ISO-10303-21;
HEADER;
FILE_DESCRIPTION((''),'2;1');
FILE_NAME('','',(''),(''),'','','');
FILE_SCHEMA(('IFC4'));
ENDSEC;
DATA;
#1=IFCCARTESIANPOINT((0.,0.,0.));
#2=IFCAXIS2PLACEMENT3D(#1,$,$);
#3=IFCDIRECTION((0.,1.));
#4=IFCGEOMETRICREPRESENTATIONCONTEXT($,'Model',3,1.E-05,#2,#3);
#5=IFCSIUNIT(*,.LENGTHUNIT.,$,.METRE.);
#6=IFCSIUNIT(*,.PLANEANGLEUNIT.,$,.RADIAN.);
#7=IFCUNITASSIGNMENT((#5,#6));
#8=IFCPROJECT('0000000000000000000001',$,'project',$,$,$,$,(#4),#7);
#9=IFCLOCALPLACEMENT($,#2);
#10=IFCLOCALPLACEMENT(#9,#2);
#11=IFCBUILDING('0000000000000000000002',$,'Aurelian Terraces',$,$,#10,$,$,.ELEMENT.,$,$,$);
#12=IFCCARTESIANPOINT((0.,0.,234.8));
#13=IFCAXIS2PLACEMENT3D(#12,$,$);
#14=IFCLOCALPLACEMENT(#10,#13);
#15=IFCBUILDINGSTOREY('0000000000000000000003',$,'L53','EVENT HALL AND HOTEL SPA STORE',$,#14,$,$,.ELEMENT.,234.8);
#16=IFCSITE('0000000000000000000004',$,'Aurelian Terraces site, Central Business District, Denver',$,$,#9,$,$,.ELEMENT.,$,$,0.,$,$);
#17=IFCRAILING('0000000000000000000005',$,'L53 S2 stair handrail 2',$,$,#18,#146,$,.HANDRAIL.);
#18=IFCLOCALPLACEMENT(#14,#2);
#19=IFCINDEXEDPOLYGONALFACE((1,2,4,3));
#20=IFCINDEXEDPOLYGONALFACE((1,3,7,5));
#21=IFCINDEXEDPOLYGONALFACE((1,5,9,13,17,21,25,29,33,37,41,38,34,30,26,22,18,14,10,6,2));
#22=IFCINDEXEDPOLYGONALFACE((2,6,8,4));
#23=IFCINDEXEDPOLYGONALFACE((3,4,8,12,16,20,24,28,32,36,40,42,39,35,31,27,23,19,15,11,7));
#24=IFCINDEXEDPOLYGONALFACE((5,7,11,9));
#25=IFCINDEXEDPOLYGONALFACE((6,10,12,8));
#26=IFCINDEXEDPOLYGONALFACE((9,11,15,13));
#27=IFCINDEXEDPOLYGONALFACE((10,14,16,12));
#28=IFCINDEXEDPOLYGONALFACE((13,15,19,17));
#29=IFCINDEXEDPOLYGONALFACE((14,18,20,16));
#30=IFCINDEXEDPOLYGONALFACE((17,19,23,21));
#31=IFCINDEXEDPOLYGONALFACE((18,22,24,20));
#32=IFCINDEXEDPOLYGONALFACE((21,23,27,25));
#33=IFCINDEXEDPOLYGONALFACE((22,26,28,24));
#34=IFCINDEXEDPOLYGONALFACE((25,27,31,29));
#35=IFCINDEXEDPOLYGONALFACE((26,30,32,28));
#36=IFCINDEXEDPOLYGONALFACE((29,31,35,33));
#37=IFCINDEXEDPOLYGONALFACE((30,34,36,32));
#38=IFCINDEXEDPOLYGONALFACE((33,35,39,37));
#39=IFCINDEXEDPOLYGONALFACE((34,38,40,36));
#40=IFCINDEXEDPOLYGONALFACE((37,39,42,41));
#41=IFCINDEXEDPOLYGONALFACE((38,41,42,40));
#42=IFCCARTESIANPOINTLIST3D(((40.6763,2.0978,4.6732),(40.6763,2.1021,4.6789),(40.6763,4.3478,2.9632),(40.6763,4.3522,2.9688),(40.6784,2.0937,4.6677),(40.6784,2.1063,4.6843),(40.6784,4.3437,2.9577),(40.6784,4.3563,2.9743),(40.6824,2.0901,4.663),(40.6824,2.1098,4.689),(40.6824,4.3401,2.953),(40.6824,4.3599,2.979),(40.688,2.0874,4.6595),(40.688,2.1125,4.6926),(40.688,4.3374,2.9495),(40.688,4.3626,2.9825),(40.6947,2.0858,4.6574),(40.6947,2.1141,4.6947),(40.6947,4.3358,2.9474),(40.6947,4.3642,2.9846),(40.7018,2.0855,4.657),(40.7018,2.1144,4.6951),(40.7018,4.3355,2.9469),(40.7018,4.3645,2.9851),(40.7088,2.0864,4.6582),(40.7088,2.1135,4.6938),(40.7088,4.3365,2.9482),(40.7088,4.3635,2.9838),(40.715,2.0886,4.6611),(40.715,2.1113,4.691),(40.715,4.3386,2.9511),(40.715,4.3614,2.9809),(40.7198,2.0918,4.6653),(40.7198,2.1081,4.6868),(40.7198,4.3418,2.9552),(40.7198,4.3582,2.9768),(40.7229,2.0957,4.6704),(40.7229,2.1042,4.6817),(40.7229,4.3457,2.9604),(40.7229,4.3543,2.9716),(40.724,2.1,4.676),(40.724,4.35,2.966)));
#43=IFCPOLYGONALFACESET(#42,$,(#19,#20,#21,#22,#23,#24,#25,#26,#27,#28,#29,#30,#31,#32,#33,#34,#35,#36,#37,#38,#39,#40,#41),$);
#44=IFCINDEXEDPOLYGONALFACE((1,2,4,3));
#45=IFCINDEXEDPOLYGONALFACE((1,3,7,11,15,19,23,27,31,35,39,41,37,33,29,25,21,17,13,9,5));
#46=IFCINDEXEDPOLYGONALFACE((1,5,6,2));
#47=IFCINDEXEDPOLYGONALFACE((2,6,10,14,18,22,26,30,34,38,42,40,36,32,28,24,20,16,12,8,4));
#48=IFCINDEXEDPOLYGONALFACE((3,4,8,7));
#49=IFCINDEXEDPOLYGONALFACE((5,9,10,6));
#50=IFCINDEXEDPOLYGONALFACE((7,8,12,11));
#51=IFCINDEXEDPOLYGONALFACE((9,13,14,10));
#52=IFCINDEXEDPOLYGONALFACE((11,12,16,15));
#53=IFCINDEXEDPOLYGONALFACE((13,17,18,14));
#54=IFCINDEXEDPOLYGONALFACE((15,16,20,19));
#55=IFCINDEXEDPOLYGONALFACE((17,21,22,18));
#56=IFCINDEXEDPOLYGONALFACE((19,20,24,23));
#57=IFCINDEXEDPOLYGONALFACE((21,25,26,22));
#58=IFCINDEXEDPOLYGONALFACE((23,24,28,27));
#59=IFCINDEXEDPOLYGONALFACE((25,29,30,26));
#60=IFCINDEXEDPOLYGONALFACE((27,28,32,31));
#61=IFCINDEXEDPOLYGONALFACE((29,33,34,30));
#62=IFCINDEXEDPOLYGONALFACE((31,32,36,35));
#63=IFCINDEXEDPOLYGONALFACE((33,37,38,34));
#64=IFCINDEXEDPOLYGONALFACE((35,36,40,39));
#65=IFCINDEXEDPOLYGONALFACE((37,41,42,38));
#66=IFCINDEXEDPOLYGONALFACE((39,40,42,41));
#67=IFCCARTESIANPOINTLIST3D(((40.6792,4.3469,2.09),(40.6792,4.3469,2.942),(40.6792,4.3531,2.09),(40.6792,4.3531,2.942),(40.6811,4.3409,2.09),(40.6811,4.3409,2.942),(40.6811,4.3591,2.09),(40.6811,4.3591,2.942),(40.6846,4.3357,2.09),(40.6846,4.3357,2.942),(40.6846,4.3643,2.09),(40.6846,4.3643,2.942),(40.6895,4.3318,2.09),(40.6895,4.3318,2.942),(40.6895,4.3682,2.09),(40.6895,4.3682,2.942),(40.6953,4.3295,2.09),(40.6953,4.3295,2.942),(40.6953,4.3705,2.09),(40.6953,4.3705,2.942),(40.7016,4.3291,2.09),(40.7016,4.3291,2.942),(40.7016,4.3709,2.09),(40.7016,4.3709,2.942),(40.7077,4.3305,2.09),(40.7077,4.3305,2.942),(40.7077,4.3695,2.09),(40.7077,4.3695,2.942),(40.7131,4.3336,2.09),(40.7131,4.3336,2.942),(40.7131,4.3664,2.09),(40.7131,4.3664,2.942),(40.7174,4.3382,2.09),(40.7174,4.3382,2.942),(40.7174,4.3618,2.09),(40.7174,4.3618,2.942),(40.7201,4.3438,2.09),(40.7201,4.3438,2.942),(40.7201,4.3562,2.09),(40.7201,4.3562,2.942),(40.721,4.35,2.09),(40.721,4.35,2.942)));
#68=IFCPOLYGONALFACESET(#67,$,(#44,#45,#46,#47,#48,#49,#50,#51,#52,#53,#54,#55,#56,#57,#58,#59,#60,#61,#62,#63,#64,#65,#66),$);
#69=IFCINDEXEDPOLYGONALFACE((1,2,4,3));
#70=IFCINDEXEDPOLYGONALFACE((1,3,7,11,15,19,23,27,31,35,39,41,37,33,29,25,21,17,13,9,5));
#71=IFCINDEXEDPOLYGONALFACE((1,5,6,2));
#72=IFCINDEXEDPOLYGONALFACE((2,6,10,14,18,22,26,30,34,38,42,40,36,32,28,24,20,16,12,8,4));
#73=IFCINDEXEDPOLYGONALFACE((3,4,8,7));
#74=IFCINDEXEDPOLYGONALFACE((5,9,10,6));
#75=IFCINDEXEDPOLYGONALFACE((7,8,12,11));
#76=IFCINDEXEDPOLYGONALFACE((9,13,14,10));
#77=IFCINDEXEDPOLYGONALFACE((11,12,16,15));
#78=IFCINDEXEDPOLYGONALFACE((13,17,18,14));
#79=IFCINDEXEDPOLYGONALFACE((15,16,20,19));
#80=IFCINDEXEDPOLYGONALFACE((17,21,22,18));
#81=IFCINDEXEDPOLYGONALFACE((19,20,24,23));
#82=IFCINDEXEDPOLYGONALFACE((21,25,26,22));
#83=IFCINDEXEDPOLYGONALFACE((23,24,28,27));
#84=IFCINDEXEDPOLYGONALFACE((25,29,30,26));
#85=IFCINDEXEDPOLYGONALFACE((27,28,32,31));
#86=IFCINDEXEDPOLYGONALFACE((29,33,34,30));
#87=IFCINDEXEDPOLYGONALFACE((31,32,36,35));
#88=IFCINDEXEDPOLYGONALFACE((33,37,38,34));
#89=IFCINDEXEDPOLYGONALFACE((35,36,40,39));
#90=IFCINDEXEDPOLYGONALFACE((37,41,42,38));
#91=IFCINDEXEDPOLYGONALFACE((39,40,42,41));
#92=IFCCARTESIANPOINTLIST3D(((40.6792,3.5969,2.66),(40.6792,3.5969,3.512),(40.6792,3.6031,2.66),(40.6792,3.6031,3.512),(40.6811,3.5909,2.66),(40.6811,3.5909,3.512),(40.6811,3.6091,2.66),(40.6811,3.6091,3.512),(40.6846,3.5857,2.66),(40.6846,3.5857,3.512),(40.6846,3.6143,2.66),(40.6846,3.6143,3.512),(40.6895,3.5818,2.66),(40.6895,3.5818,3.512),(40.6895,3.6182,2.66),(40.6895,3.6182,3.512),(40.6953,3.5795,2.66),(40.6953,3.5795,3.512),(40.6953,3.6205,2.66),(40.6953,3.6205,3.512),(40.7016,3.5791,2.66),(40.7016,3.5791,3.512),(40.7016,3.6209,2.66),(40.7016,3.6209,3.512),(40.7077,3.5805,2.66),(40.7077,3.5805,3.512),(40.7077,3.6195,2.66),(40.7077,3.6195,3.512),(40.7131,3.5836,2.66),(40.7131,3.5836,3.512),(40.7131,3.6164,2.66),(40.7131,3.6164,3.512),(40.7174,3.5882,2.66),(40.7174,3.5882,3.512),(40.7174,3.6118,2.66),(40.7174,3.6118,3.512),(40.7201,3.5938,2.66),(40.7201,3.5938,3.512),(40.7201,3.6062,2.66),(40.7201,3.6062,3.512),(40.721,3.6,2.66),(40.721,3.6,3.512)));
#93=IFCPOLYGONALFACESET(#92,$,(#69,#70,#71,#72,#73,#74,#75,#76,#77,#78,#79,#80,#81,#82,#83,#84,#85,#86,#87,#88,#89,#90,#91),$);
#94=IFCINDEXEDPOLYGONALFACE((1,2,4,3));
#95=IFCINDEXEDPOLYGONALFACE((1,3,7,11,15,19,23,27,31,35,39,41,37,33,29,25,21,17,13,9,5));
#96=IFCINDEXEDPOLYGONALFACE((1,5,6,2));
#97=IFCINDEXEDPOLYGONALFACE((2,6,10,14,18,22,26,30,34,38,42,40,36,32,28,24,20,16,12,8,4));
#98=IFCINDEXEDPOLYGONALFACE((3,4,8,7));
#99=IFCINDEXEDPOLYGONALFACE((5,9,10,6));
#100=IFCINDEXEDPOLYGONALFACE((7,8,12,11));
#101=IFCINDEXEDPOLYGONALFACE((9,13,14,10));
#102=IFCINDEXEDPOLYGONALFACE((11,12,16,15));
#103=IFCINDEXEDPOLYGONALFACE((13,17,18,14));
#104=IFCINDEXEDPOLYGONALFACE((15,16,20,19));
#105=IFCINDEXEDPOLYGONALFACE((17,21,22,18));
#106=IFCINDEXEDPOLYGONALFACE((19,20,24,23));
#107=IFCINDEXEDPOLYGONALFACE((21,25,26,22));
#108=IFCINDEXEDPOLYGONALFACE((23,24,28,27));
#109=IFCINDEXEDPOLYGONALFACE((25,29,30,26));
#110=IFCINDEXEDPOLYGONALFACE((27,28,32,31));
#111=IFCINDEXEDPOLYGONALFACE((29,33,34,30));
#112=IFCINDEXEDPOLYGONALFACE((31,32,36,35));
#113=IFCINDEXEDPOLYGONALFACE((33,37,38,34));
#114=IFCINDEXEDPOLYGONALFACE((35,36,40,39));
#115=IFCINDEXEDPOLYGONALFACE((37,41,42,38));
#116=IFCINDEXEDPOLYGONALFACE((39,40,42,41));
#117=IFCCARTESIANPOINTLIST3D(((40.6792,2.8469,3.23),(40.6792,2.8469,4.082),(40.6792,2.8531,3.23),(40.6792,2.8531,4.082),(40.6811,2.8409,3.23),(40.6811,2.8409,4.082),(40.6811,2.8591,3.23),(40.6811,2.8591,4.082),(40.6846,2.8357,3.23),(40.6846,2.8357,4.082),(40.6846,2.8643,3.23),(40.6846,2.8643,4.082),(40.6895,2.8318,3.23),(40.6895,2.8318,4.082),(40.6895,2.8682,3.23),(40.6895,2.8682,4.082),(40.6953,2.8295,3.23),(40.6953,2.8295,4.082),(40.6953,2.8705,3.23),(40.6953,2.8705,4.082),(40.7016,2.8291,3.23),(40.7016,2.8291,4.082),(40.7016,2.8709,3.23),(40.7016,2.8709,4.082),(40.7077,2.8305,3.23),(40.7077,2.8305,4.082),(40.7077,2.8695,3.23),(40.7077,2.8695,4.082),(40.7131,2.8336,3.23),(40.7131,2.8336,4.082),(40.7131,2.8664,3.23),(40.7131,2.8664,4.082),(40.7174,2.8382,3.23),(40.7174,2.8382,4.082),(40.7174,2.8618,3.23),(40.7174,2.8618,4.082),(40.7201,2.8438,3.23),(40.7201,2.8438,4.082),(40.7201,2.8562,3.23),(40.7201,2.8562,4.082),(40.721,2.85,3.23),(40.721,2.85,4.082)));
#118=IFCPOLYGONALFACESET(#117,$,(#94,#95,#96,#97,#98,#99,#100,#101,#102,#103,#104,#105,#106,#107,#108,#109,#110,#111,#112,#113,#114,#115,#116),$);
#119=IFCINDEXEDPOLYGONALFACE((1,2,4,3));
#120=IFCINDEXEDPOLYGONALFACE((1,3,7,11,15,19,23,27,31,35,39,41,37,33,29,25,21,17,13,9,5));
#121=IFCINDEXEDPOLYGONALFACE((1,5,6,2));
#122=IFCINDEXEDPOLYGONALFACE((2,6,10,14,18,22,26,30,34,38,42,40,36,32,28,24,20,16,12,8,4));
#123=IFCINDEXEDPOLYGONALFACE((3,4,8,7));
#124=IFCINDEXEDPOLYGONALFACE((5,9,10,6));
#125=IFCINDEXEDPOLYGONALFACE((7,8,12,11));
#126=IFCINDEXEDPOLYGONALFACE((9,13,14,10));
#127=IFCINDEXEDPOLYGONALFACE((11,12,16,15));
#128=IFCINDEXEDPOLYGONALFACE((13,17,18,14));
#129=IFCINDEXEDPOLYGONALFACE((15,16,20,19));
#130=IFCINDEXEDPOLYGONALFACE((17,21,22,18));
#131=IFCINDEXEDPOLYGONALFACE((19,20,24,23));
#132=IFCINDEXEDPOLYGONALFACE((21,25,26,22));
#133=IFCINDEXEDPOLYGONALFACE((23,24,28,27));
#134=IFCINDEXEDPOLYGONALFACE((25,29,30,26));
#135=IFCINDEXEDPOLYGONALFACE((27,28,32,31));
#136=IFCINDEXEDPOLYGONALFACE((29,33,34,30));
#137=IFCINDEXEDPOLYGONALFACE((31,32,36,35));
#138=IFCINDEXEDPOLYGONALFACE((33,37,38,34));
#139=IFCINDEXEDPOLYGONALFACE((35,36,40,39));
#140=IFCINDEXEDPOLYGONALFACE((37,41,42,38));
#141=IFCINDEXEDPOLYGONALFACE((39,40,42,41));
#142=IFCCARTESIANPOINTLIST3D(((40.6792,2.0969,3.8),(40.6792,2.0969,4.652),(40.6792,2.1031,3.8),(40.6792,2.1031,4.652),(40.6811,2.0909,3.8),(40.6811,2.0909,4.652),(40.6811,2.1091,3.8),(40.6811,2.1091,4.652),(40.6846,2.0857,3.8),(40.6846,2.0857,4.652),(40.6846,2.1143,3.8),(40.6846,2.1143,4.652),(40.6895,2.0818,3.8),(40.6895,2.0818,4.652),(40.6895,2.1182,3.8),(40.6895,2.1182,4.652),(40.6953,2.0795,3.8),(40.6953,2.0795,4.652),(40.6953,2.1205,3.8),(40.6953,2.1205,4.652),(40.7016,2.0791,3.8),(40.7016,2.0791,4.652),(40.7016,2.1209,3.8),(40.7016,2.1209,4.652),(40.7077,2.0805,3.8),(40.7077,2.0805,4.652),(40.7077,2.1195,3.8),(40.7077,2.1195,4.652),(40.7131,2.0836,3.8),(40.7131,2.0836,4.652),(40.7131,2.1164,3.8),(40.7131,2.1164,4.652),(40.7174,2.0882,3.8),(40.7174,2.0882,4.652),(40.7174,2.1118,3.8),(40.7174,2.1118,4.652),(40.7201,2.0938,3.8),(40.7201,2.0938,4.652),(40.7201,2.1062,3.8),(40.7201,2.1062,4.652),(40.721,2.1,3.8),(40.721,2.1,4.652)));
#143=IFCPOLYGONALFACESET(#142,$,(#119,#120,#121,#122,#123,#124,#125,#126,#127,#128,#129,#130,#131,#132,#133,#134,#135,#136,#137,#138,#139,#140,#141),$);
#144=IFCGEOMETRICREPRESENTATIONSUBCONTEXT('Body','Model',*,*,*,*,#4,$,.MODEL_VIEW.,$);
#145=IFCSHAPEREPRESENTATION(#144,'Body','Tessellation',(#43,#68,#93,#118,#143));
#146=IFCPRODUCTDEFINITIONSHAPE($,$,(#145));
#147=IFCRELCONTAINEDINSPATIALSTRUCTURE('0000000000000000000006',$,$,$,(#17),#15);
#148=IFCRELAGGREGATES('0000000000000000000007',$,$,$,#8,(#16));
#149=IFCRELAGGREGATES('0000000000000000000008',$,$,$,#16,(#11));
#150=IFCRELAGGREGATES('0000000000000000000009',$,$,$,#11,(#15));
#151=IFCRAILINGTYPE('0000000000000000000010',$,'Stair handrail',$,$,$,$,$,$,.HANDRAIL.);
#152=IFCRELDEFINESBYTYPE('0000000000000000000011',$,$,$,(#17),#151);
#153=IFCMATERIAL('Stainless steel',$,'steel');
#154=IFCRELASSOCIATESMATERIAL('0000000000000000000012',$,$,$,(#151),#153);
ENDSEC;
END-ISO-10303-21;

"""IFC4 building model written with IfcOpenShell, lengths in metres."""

from ifc_helpers import new_model, si_unit, direction, frame, origin, origin_2d, place, context, subcontext, project, spatial, circle, extrude, source, transform, mapped, material, type_object, element, save


model = new_model("IFC4")

# Units and contexts
model_context = context("Model", 3, precision=1e-05, world=origin(), true_north=direction((0.0, 1.0)))
body_context = subcontext(model_context, "Body", "Model", "MODEL_VIEW")
ifc_project = project(units=[si_unit("LENGTHUNIT", "METRE"), si_unit("PLANEANGLEUNIT", "RADIAN")], contexts=[model_context])

# Site, building, storey
site_placement = place(None, origin())
site = spatial("IfcSite", under=ifc_project, at=site_placement, Name="Aurelian Terraces site, Central Business District, Denver", CompositionType="ELEMENT", RefElevation=0.0)
building_placement = place(site_placement, origin())
building = spatial("IfcBuilding", under=site, at=building_placement, Name="Aurelian Terraces", CompositionType="ELEMENT")
storey_placement = place(building_placement, frame((0.0, 0.0, 234.8)))
storey = spatial("IfcBuildingStorey", under=building, at=storey_placement, Name="L53", Description="EVENT HALL AND HOTEL SPA STORE", CompositionType="ELEMENT", Elevation=234.8)

# Railing
ifc_material_1 = material(Name="Stainless steel", Category="steel")
railing_type_1 = type_object("IfcRailingType", Name="Stair handrail", PredefinedType="HANDRAIL", material=ifc_material_1)
shared_shape_1 = source(origin(), body_context, "Body", "SweptSolid", [
    extrude(circle(Radius=0.024, at=origin_2d()), frame((0.0, 0.0, 0.876), z_axis=(0.0, -0.796162, 0.605083), x_axis=(1.0, 0.0, 0.0)), (0.0, 0.0, 1.0), 2.8261),
    extrude(circle(Radius=0.021, at=origin_2d()), origin(), (0.0, 0.0, 1.0), 0.852),
    extrude(circle(Radius=0.021, at=origin_2d()), frame((0.0, -0.75, 0.57)), (0.0, 0.0, 1.0), 0.852),
    extrude(circle(Radius=0.021, at=origin_2d()), frame((0.0, -1.5, 1.14)), (0.0, 0.0, 1.0), 0.852),
    extrude(circle(Radius=0.021, at=origin_2d()), frame((0.0, -2.25, 1.71)), (0.0, 0.0, 1.0), 0.852),
])
railing_1_placement = place(storey_placement, frame((40.7, 4.35, 2.09)))
element("IfcRailing", 1, at=railing_1_placement, inside=storey, type_object=railing_type_1, Name="L53 S2 stair handrail 2", PredefinedType="HANDRAIL", context=body_context, shape_type="MappedRepresentation", body=[
    mapped(shared_shape_1, transform((0.0, 0.0, 0.0), scale=1.0)),
])

save(model, "model.ifc")
